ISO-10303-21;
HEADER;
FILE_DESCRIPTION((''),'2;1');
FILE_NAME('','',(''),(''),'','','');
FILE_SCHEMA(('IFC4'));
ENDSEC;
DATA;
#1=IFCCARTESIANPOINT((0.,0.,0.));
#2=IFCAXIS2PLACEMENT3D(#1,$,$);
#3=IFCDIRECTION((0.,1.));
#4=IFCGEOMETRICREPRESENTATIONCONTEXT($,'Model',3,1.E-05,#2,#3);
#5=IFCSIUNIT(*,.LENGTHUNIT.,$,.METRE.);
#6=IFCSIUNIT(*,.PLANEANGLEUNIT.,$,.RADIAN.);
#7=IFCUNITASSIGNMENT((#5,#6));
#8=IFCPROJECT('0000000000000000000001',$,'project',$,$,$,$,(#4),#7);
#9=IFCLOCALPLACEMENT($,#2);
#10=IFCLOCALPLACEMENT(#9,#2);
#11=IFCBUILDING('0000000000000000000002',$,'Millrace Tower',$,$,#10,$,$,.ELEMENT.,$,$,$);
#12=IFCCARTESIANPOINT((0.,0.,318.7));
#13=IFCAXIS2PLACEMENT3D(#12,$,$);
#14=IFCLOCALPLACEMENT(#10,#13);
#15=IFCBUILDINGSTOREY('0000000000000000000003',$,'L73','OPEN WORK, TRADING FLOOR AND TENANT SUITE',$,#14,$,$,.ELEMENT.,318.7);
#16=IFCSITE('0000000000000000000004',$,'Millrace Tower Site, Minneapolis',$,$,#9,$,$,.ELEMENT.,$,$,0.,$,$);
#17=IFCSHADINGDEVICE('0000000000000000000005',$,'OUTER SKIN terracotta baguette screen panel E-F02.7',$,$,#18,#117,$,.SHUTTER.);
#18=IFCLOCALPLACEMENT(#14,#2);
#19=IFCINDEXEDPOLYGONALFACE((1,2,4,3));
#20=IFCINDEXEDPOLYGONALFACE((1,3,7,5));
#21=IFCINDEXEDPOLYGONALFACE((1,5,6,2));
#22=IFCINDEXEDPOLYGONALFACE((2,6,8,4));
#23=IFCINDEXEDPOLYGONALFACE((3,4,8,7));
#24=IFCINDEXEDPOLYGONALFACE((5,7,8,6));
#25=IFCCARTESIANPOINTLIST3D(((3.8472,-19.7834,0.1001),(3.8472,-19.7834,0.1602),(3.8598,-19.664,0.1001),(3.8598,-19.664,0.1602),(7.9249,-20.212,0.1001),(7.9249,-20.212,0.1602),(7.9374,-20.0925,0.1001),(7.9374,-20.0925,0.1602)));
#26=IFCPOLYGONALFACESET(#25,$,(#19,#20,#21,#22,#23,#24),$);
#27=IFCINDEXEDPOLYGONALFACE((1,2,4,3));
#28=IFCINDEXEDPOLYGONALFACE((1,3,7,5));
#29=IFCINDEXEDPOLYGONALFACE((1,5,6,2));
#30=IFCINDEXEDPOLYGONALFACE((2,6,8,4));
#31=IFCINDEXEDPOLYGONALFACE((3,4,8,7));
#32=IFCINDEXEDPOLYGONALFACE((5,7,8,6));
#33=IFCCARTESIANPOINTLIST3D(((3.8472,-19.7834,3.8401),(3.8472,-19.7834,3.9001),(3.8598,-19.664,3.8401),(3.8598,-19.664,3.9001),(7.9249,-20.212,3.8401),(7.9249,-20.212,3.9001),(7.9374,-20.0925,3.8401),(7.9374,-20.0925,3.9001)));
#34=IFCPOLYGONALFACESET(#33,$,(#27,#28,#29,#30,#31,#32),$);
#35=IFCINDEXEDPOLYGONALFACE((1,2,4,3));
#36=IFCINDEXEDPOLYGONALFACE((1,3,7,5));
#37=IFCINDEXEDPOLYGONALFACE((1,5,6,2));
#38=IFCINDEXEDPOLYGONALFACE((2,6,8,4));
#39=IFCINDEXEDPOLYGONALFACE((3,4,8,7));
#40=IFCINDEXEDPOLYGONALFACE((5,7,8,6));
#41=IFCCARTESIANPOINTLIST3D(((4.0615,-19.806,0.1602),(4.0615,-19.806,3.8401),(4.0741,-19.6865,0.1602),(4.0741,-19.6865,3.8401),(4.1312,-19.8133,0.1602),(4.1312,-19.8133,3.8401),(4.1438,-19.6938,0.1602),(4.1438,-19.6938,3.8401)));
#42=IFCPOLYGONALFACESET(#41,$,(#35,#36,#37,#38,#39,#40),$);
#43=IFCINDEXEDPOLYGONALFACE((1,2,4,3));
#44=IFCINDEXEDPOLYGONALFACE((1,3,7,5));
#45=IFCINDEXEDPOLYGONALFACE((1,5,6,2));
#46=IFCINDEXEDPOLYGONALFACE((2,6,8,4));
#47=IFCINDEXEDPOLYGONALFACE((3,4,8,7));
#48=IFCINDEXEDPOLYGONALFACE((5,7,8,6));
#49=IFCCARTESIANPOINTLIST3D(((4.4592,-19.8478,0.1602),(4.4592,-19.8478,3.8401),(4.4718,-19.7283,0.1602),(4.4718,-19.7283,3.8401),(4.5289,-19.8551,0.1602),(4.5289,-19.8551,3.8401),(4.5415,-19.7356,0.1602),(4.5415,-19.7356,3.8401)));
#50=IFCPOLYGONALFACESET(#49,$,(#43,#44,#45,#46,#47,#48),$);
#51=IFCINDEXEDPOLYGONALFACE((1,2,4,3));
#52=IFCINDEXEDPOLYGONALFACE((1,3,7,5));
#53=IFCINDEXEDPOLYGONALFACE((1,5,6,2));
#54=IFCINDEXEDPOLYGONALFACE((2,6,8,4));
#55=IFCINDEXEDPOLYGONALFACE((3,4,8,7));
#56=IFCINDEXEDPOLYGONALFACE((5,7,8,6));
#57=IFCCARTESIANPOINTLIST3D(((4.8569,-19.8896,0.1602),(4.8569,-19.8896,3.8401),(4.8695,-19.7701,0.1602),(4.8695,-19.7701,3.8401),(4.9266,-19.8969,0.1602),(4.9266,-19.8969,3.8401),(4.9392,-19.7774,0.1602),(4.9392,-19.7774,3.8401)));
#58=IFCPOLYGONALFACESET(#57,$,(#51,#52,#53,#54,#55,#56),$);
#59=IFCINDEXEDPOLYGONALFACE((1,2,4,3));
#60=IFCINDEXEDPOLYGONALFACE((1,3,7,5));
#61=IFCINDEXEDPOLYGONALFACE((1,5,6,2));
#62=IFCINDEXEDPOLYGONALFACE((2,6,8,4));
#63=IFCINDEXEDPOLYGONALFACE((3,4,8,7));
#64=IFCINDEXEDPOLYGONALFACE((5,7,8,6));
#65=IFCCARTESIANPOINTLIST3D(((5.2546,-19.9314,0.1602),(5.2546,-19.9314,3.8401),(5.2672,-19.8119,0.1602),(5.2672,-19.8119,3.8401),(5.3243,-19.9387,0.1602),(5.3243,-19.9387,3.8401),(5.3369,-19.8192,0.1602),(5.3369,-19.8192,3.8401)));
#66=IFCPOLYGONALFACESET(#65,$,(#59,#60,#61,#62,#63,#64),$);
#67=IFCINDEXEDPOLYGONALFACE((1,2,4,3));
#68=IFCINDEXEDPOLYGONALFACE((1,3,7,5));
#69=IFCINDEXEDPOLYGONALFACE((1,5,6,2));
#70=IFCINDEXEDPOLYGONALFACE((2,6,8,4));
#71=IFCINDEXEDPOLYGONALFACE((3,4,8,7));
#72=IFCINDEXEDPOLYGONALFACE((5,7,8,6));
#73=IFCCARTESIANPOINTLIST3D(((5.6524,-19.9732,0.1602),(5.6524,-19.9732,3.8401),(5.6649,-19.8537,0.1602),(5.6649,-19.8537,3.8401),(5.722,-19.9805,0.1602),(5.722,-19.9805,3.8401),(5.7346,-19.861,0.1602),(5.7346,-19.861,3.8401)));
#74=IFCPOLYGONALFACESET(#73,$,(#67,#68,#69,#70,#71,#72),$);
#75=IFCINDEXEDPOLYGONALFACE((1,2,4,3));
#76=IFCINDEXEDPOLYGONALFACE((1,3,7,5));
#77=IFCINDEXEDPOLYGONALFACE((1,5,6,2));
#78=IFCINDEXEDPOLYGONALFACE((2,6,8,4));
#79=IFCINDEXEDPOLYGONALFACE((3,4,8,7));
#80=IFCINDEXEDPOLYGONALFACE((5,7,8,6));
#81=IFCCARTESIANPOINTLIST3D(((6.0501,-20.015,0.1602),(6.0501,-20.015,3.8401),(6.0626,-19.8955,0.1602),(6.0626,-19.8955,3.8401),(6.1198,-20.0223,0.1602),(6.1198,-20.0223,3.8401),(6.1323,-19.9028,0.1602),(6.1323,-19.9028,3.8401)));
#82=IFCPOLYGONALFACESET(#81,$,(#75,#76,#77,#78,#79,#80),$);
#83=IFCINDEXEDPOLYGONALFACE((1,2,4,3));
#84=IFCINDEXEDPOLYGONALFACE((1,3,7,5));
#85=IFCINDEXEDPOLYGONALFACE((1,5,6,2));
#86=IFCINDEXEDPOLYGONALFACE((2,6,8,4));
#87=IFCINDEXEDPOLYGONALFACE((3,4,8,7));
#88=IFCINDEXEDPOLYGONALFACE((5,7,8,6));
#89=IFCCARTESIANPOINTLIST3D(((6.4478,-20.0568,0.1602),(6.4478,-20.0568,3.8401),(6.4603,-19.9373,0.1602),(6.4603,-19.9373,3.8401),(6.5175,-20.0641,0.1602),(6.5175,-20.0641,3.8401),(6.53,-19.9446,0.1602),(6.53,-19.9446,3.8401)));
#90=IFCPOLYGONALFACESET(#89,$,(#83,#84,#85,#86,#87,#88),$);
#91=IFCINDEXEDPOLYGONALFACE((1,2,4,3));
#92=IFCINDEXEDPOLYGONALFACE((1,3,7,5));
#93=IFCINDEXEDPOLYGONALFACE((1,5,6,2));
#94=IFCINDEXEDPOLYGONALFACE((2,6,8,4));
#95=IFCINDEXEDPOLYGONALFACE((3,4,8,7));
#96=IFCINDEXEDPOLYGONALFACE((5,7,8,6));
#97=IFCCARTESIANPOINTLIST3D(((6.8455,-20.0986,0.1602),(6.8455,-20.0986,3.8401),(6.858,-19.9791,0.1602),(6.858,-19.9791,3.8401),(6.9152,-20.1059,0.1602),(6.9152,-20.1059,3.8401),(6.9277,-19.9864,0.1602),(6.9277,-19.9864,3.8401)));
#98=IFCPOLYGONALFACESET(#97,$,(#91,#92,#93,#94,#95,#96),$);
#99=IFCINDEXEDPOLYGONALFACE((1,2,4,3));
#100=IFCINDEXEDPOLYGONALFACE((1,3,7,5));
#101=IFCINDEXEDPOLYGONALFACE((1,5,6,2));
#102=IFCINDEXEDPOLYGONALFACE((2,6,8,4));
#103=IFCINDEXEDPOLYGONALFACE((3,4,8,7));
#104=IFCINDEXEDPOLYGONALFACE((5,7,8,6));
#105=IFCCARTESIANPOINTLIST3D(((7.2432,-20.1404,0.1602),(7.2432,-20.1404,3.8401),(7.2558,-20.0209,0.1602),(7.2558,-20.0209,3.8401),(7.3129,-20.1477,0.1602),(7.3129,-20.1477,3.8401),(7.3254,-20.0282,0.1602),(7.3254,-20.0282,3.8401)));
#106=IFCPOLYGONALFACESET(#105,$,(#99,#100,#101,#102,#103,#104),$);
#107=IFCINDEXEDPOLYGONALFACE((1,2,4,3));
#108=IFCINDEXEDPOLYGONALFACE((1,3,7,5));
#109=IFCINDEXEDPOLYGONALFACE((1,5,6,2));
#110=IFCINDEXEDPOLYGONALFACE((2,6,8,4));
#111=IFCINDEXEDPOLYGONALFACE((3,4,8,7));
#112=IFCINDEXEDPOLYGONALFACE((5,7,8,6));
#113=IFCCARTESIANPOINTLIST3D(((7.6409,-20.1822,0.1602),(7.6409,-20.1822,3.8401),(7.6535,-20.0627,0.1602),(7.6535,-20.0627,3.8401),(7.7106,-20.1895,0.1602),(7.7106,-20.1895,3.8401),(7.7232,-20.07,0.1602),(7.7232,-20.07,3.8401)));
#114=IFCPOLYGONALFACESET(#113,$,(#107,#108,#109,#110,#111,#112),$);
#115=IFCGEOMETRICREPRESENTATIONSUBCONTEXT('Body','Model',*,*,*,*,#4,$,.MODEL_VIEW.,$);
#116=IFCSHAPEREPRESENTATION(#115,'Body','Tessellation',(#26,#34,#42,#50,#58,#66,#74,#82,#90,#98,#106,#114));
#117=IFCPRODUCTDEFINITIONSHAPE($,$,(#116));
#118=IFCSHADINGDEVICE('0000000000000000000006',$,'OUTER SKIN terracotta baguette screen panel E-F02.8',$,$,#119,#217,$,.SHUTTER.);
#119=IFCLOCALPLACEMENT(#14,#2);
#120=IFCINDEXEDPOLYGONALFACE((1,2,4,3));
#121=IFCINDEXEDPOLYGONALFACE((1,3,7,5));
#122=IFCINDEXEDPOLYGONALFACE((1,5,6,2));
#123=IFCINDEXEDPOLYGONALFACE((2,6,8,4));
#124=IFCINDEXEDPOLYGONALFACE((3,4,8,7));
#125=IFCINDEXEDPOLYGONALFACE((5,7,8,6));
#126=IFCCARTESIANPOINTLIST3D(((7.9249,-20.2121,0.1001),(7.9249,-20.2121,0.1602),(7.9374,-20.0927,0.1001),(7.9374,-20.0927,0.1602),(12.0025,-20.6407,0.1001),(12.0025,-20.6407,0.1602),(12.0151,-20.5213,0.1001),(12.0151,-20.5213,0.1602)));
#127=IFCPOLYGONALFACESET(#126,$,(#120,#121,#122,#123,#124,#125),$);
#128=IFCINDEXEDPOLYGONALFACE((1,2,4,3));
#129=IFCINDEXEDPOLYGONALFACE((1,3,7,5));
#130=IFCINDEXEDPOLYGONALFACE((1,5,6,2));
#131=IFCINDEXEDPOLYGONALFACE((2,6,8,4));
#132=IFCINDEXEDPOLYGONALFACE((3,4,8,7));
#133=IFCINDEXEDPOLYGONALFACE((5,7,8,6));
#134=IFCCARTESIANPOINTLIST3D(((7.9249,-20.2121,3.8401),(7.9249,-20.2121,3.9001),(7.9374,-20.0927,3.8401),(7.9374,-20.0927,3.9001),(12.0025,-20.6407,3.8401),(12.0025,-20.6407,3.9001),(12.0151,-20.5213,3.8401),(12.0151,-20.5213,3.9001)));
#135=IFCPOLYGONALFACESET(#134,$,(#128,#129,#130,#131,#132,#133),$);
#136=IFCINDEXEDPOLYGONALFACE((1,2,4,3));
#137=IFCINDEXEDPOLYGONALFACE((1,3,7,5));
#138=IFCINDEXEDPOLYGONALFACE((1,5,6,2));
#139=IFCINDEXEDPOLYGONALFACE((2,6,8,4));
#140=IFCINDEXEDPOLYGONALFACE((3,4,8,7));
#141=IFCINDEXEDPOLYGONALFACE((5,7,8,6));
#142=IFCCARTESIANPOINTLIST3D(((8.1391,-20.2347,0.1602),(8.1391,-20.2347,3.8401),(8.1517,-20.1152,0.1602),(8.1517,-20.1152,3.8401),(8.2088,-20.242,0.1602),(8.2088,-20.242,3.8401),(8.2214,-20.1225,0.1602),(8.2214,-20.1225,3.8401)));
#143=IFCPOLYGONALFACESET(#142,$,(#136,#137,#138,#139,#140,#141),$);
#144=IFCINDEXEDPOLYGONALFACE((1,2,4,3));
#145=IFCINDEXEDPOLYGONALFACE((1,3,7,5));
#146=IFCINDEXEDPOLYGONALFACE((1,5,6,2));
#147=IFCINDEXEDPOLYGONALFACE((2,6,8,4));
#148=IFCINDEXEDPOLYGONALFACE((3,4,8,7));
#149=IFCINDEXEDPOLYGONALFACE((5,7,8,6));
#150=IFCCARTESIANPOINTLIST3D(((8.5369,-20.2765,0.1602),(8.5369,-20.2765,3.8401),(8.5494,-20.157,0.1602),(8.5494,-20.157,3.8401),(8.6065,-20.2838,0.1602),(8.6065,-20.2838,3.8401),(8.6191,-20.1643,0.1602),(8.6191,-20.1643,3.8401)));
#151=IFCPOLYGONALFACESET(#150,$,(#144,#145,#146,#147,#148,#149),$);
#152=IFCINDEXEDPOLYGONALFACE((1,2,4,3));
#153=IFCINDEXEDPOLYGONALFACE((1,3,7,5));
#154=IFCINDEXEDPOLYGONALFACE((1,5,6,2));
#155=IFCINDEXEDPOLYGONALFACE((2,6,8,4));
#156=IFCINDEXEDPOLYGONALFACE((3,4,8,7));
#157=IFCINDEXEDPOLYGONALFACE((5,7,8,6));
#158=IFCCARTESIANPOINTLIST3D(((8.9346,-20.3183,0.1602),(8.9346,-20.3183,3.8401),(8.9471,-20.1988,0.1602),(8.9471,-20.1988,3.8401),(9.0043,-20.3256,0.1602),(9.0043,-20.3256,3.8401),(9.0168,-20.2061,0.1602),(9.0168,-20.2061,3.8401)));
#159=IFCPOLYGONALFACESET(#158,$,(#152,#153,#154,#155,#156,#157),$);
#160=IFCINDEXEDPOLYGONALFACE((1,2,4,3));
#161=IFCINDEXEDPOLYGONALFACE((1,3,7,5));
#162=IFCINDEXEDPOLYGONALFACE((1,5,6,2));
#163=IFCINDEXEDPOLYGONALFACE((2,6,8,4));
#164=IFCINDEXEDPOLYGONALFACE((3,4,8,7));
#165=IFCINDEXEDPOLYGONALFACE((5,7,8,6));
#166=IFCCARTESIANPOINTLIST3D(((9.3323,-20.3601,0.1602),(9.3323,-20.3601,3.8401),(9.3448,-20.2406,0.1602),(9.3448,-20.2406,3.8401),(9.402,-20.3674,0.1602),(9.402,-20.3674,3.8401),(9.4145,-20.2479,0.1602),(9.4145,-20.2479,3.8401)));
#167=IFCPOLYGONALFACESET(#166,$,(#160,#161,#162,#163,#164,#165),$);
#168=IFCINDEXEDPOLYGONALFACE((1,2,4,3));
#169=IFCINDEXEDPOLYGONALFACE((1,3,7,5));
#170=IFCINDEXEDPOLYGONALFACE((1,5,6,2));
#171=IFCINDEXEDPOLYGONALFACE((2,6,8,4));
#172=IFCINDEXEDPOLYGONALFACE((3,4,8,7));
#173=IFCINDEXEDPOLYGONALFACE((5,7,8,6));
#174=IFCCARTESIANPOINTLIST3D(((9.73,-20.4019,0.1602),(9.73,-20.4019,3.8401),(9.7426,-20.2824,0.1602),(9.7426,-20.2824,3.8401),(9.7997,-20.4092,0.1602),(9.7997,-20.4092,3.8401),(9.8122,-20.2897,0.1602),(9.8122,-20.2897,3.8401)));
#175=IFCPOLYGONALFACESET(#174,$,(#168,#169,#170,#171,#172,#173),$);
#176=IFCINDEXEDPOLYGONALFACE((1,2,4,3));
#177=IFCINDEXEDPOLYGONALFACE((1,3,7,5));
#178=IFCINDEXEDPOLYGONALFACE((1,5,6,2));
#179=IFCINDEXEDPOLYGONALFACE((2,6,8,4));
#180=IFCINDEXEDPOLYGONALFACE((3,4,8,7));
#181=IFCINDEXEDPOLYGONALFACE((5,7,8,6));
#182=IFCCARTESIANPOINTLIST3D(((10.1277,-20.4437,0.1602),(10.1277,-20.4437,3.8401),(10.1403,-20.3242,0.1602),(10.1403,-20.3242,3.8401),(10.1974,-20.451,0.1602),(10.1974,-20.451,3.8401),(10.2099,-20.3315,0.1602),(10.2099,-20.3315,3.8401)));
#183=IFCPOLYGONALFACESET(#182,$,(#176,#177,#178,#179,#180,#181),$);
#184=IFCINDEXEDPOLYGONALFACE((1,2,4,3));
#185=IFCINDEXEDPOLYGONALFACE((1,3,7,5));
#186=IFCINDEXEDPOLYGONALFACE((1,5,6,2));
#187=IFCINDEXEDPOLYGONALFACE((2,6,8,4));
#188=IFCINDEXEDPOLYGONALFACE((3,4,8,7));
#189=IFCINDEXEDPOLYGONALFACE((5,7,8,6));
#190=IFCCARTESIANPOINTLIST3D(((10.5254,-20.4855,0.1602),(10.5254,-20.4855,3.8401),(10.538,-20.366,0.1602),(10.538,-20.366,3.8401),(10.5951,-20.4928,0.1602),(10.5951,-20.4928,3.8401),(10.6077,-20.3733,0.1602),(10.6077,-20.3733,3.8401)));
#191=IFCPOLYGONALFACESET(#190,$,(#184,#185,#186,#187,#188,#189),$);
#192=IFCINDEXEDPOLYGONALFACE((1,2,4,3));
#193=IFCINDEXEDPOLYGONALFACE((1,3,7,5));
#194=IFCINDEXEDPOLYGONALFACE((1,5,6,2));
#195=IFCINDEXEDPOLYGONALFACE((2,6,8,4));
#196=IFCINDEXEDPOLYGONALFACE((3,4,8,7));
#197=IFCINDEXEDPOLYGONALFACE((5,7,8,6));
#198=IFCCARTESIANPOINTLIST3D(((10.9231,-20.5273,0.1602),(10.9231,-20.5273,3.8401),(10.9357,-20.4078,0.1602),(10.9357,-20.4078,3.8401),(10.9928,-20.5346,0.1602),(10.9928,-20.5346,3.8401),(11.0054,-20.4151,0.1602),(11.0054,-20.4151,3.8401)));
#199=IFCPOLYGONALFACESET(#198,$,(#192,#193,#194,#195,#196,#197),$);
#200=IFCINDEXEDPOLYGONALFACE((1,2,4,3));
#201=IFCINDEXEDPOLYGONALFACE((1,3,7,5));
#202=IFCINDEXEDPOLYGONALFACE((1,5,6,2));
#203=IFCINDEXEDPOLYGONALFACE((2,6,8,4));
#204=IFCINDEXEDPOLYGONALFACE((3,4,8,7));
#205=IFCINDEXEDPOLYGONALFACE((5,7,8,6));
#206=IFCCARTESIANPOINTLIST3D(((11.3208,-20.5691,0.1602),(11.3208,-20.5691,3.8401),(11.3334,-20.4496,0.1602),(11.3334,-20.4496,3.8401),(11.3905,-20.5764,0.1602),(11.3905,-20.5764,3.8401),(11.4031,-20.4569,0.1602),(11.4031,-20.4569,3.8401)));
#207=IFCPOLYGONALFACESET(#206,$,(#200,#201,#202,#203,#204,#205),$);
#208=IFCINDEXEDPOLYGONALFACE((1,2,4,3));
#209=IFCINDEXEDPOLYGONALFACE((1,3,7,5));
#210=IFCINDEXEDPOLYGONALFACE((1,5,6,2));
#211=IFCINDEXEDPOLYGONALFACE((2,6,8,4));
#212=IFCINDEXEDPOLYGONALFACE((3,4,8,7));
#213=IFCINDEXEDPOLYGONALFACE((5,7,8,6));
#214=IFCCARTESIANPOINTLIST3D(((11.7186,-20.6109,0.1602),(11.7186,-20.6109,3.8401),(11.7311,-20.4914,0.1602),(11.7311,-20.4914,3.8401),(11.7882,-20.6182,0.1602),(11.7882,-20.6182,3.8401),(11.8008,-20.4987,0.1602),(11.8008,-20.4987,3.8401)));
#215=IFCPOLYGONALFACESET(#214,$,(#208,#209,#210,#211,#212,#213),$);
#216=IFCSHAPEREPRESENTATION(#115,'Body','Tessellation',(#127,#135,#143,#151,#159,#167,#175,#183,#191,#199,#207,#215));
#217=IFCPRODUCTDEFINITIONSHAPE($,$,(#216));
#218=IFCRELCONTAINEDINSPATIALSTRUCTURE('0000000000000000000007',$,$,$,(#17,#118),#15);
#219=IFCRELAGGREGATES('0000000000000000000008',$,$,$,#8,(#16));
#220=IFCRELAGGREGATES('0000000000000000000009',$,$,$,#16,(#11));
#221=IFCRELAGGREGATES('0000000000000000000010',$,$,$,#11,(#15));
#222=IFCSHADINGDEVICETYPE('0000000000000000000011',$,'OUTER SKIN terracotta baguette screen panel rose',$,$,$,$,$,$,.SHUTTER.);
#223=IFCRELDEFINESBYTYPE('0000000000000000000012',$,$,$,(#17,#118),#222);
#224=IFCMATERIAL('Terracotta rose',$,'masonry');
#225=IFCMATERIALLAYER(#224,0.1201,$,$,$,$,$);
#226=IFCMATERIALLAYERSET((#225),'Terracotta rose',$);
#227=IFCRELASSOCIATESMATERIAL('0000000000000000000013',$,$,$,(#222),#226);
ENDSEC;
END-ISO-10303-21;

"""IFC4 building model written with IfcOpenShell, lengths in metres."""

from ifc_helpers import new_model, entity, si_unit, direction, frame, frame_2d, origin, place, context, subcontext, project, spatial, rectangle, extrude, source, transform, mapped, material, layer, layer_set, type_object, element, save


model = new_model("IFC4")

# Units and contexts
model_context = context("Model", 3, precision=1e-05, world=origin(), true_north=direction((0.0, 1.0)))
body_context = subcontext(model_context, "Body", "Model", "MODEL_VIEW")
ifc_project = project(units=[si_unit("LENGTHUNIT", "METRE"), si_unit("PLANEANGLEUNIT", "RADIAN")], contexts=[model_context])

# Site, building, storey
site_placement = place(None, origin())
site = spatial("IfcSite", under=ifc_project, at=site_placement, Name="Millrace Tower Site, Minneapolis", CompositionType="ELEMENT", RefElevation=0.0)
building_placement = place(site_placement, origin())
building = spatial("IfcBuilding", under=site, at=building_placement, Name="Millrace Tower", CompositionType="ELEMENT")
storey_placement = place(building_placement, frame((0.0, 0.0, 318.7)))
storey = spatial("IfcBuildingStorey", under=building, at=storey_placement, Name="L73", Description="OPEN WORK, TRADING FLOOR AND TENANT SUITE", CompositionType="ELEMENT", Elevation=318.7)

# Shading devices
ifc_material_1 = material(Name="Terracotta rose", Category="masonry")
ifc_layer_1 = layer(ifc_material_1, 0.1201)
ifc_layer_set_1 = layer_set([ifc_layer_1], Name="Terracotta rose")
shading_device_type = type_object("IfcShadingDeviceType", Name="OUTER SKIN terracotta baguette screen panel rose", PredefinedType="SHUTTER", material=ifc_layer_set_1)
cartesian_point = entity("IfcCartesianPoint", [-2.05, 0.0601])
shared_polyline = entity("IfcPolyline", [cartesian_point, entity("IfcCartesianPoint", [2.05, 0.0601]), entity("IfcCartesianPoint", [2.05, -0.0601]), entity("IfcCartesianPoint", [-2.05, -0.0601]), cartesian_point])
shared_shape = source(origin(), body_context, "Body", "SweptSolid", [
    entity("IfcExtrudedAreaSolid", entity("IfcArbitraryClosedProfileDef", "AREA", None, shared_polyline), entity("IfcAxis2Placement3D", entity("IfcCartesianPoint", [0.0, 0.0, 0.0])), entity("IfcDirection", [0.0, 0.0, 1.0]), 0.0601),
    entity("IfcExtrudedAreaSolid", entity("IfcArbitraryClosedProfileDef", "AREA", None, shared_polyline), entity("IfcAxis2Placement3D", entity("IfcCartesianPoint", [0.0, 0.0, 3.74])), entity("IfcDirection", [0.0, 0.0, 1.0]), 0.0601),
    extrude(rectangle(XDim=0.0701, YDim=0.1201, at=frame_2d((-1.7996, 0.0))), frame((0.0, 0.0, 0.0601)), (0.0, 0.0, 1.0), 3.6799),
    extrude(rectangle(XDim=0.0701, YDim=0.1201, at=frame_2d((-1.3997, 0.0))), frame((0.0, 0.0, 0.0601)), (0.0, 0.0, 1.0), 3.6799),
    extrude(rectangle(XDim=0.0701, YDim=0.1201, at=frame_2d((-0.9998, 0.0))), frame((0.0, 0.0, 0.0601)), (0.0, 0.0, 1.0), 3.6799),
    extrude(rectangle(XDim=0.0701, YDim=0.1201, at=frame_2d((-0.5999, 0.0))), frame((0.0, 0.0, 0.0601)), (0.0, 0.0, 1.0), 3.6799),
    extrude(rectangle(XDim=0.0701, YDim=0.1201, at=frame_2d((-0.2, 0.0))), frame((0.0, 0.0, 0.0601)), (0.0, 0.0, 1.0), 3.6799),
    extrude(rectangle(XDim=0.0701, YDim=0.1201, at=frame_2d((0.2, 0.0))), frame((0.0, 0.0, 0.0601)), (0.0, 0.0, 1.0), 3.6799),
    extrude(rectangle(XDim=0.0701, YDim=0.1201, at=frame_2d((0.5999, 0.0))), frame((0.0, 0.0, 0.0601)), (0.0, 0.0, 1.0), 3.6799),
    extrude(rectangle(XDim=0.0701, YDim=0.1201, at=frame_2d((0.9998, 0.0))), frame((0.0, 0.0, 0.0601)), (0.0, 0.0, 1.0), 3.6799),
    extrude(rectangle(XDim=0.0701, YDim=0.1201, at=frame_2d((1.3997, 0.0))), frame((0.0, 0.0, 0.0601)), (0.0, 0.0, 1.0), 3.6799),
    extrude(rectangle(XDim=0.0701, YDim=0.1201, at=frame_2d((1.7996, 0.0))), frame((0.0, 0.0, 0.0601)), (0.0, 0.0, 1.0), 3.6799),
])
for number, where, z_axis, x_axis, name in (
    (1, (5.8923, -19.938, 0.1001), (0.0, 0.0, 1.0), (0.994522, -0.104528, 0.0), "OUTER SKIN terracotta baguette screen panel E-F02.7"),
    (2, (9.97, -20.3667, 0.1001), (0.0, 0.0, 1.0), (0.994522, -0.104528, 0.0), "OUTER SKIN terracotta baguette screen panel E-F02.8"),
):
    element("IfcShadingDevice", number, at=place(storey_placement, frame(where, z_axis=z_axis, x_axis=x_axis)), inside=storey, type_object=shading_device_type, Name=name, PredefinedType="SHUTTER", context=body_context, shape_type="MappedRepresentation", body=[
        mapped(shared_shape, transform((0.0, 0.0, 0.0), scale=1.0)),
    ])

save(model, "model.ifc")
